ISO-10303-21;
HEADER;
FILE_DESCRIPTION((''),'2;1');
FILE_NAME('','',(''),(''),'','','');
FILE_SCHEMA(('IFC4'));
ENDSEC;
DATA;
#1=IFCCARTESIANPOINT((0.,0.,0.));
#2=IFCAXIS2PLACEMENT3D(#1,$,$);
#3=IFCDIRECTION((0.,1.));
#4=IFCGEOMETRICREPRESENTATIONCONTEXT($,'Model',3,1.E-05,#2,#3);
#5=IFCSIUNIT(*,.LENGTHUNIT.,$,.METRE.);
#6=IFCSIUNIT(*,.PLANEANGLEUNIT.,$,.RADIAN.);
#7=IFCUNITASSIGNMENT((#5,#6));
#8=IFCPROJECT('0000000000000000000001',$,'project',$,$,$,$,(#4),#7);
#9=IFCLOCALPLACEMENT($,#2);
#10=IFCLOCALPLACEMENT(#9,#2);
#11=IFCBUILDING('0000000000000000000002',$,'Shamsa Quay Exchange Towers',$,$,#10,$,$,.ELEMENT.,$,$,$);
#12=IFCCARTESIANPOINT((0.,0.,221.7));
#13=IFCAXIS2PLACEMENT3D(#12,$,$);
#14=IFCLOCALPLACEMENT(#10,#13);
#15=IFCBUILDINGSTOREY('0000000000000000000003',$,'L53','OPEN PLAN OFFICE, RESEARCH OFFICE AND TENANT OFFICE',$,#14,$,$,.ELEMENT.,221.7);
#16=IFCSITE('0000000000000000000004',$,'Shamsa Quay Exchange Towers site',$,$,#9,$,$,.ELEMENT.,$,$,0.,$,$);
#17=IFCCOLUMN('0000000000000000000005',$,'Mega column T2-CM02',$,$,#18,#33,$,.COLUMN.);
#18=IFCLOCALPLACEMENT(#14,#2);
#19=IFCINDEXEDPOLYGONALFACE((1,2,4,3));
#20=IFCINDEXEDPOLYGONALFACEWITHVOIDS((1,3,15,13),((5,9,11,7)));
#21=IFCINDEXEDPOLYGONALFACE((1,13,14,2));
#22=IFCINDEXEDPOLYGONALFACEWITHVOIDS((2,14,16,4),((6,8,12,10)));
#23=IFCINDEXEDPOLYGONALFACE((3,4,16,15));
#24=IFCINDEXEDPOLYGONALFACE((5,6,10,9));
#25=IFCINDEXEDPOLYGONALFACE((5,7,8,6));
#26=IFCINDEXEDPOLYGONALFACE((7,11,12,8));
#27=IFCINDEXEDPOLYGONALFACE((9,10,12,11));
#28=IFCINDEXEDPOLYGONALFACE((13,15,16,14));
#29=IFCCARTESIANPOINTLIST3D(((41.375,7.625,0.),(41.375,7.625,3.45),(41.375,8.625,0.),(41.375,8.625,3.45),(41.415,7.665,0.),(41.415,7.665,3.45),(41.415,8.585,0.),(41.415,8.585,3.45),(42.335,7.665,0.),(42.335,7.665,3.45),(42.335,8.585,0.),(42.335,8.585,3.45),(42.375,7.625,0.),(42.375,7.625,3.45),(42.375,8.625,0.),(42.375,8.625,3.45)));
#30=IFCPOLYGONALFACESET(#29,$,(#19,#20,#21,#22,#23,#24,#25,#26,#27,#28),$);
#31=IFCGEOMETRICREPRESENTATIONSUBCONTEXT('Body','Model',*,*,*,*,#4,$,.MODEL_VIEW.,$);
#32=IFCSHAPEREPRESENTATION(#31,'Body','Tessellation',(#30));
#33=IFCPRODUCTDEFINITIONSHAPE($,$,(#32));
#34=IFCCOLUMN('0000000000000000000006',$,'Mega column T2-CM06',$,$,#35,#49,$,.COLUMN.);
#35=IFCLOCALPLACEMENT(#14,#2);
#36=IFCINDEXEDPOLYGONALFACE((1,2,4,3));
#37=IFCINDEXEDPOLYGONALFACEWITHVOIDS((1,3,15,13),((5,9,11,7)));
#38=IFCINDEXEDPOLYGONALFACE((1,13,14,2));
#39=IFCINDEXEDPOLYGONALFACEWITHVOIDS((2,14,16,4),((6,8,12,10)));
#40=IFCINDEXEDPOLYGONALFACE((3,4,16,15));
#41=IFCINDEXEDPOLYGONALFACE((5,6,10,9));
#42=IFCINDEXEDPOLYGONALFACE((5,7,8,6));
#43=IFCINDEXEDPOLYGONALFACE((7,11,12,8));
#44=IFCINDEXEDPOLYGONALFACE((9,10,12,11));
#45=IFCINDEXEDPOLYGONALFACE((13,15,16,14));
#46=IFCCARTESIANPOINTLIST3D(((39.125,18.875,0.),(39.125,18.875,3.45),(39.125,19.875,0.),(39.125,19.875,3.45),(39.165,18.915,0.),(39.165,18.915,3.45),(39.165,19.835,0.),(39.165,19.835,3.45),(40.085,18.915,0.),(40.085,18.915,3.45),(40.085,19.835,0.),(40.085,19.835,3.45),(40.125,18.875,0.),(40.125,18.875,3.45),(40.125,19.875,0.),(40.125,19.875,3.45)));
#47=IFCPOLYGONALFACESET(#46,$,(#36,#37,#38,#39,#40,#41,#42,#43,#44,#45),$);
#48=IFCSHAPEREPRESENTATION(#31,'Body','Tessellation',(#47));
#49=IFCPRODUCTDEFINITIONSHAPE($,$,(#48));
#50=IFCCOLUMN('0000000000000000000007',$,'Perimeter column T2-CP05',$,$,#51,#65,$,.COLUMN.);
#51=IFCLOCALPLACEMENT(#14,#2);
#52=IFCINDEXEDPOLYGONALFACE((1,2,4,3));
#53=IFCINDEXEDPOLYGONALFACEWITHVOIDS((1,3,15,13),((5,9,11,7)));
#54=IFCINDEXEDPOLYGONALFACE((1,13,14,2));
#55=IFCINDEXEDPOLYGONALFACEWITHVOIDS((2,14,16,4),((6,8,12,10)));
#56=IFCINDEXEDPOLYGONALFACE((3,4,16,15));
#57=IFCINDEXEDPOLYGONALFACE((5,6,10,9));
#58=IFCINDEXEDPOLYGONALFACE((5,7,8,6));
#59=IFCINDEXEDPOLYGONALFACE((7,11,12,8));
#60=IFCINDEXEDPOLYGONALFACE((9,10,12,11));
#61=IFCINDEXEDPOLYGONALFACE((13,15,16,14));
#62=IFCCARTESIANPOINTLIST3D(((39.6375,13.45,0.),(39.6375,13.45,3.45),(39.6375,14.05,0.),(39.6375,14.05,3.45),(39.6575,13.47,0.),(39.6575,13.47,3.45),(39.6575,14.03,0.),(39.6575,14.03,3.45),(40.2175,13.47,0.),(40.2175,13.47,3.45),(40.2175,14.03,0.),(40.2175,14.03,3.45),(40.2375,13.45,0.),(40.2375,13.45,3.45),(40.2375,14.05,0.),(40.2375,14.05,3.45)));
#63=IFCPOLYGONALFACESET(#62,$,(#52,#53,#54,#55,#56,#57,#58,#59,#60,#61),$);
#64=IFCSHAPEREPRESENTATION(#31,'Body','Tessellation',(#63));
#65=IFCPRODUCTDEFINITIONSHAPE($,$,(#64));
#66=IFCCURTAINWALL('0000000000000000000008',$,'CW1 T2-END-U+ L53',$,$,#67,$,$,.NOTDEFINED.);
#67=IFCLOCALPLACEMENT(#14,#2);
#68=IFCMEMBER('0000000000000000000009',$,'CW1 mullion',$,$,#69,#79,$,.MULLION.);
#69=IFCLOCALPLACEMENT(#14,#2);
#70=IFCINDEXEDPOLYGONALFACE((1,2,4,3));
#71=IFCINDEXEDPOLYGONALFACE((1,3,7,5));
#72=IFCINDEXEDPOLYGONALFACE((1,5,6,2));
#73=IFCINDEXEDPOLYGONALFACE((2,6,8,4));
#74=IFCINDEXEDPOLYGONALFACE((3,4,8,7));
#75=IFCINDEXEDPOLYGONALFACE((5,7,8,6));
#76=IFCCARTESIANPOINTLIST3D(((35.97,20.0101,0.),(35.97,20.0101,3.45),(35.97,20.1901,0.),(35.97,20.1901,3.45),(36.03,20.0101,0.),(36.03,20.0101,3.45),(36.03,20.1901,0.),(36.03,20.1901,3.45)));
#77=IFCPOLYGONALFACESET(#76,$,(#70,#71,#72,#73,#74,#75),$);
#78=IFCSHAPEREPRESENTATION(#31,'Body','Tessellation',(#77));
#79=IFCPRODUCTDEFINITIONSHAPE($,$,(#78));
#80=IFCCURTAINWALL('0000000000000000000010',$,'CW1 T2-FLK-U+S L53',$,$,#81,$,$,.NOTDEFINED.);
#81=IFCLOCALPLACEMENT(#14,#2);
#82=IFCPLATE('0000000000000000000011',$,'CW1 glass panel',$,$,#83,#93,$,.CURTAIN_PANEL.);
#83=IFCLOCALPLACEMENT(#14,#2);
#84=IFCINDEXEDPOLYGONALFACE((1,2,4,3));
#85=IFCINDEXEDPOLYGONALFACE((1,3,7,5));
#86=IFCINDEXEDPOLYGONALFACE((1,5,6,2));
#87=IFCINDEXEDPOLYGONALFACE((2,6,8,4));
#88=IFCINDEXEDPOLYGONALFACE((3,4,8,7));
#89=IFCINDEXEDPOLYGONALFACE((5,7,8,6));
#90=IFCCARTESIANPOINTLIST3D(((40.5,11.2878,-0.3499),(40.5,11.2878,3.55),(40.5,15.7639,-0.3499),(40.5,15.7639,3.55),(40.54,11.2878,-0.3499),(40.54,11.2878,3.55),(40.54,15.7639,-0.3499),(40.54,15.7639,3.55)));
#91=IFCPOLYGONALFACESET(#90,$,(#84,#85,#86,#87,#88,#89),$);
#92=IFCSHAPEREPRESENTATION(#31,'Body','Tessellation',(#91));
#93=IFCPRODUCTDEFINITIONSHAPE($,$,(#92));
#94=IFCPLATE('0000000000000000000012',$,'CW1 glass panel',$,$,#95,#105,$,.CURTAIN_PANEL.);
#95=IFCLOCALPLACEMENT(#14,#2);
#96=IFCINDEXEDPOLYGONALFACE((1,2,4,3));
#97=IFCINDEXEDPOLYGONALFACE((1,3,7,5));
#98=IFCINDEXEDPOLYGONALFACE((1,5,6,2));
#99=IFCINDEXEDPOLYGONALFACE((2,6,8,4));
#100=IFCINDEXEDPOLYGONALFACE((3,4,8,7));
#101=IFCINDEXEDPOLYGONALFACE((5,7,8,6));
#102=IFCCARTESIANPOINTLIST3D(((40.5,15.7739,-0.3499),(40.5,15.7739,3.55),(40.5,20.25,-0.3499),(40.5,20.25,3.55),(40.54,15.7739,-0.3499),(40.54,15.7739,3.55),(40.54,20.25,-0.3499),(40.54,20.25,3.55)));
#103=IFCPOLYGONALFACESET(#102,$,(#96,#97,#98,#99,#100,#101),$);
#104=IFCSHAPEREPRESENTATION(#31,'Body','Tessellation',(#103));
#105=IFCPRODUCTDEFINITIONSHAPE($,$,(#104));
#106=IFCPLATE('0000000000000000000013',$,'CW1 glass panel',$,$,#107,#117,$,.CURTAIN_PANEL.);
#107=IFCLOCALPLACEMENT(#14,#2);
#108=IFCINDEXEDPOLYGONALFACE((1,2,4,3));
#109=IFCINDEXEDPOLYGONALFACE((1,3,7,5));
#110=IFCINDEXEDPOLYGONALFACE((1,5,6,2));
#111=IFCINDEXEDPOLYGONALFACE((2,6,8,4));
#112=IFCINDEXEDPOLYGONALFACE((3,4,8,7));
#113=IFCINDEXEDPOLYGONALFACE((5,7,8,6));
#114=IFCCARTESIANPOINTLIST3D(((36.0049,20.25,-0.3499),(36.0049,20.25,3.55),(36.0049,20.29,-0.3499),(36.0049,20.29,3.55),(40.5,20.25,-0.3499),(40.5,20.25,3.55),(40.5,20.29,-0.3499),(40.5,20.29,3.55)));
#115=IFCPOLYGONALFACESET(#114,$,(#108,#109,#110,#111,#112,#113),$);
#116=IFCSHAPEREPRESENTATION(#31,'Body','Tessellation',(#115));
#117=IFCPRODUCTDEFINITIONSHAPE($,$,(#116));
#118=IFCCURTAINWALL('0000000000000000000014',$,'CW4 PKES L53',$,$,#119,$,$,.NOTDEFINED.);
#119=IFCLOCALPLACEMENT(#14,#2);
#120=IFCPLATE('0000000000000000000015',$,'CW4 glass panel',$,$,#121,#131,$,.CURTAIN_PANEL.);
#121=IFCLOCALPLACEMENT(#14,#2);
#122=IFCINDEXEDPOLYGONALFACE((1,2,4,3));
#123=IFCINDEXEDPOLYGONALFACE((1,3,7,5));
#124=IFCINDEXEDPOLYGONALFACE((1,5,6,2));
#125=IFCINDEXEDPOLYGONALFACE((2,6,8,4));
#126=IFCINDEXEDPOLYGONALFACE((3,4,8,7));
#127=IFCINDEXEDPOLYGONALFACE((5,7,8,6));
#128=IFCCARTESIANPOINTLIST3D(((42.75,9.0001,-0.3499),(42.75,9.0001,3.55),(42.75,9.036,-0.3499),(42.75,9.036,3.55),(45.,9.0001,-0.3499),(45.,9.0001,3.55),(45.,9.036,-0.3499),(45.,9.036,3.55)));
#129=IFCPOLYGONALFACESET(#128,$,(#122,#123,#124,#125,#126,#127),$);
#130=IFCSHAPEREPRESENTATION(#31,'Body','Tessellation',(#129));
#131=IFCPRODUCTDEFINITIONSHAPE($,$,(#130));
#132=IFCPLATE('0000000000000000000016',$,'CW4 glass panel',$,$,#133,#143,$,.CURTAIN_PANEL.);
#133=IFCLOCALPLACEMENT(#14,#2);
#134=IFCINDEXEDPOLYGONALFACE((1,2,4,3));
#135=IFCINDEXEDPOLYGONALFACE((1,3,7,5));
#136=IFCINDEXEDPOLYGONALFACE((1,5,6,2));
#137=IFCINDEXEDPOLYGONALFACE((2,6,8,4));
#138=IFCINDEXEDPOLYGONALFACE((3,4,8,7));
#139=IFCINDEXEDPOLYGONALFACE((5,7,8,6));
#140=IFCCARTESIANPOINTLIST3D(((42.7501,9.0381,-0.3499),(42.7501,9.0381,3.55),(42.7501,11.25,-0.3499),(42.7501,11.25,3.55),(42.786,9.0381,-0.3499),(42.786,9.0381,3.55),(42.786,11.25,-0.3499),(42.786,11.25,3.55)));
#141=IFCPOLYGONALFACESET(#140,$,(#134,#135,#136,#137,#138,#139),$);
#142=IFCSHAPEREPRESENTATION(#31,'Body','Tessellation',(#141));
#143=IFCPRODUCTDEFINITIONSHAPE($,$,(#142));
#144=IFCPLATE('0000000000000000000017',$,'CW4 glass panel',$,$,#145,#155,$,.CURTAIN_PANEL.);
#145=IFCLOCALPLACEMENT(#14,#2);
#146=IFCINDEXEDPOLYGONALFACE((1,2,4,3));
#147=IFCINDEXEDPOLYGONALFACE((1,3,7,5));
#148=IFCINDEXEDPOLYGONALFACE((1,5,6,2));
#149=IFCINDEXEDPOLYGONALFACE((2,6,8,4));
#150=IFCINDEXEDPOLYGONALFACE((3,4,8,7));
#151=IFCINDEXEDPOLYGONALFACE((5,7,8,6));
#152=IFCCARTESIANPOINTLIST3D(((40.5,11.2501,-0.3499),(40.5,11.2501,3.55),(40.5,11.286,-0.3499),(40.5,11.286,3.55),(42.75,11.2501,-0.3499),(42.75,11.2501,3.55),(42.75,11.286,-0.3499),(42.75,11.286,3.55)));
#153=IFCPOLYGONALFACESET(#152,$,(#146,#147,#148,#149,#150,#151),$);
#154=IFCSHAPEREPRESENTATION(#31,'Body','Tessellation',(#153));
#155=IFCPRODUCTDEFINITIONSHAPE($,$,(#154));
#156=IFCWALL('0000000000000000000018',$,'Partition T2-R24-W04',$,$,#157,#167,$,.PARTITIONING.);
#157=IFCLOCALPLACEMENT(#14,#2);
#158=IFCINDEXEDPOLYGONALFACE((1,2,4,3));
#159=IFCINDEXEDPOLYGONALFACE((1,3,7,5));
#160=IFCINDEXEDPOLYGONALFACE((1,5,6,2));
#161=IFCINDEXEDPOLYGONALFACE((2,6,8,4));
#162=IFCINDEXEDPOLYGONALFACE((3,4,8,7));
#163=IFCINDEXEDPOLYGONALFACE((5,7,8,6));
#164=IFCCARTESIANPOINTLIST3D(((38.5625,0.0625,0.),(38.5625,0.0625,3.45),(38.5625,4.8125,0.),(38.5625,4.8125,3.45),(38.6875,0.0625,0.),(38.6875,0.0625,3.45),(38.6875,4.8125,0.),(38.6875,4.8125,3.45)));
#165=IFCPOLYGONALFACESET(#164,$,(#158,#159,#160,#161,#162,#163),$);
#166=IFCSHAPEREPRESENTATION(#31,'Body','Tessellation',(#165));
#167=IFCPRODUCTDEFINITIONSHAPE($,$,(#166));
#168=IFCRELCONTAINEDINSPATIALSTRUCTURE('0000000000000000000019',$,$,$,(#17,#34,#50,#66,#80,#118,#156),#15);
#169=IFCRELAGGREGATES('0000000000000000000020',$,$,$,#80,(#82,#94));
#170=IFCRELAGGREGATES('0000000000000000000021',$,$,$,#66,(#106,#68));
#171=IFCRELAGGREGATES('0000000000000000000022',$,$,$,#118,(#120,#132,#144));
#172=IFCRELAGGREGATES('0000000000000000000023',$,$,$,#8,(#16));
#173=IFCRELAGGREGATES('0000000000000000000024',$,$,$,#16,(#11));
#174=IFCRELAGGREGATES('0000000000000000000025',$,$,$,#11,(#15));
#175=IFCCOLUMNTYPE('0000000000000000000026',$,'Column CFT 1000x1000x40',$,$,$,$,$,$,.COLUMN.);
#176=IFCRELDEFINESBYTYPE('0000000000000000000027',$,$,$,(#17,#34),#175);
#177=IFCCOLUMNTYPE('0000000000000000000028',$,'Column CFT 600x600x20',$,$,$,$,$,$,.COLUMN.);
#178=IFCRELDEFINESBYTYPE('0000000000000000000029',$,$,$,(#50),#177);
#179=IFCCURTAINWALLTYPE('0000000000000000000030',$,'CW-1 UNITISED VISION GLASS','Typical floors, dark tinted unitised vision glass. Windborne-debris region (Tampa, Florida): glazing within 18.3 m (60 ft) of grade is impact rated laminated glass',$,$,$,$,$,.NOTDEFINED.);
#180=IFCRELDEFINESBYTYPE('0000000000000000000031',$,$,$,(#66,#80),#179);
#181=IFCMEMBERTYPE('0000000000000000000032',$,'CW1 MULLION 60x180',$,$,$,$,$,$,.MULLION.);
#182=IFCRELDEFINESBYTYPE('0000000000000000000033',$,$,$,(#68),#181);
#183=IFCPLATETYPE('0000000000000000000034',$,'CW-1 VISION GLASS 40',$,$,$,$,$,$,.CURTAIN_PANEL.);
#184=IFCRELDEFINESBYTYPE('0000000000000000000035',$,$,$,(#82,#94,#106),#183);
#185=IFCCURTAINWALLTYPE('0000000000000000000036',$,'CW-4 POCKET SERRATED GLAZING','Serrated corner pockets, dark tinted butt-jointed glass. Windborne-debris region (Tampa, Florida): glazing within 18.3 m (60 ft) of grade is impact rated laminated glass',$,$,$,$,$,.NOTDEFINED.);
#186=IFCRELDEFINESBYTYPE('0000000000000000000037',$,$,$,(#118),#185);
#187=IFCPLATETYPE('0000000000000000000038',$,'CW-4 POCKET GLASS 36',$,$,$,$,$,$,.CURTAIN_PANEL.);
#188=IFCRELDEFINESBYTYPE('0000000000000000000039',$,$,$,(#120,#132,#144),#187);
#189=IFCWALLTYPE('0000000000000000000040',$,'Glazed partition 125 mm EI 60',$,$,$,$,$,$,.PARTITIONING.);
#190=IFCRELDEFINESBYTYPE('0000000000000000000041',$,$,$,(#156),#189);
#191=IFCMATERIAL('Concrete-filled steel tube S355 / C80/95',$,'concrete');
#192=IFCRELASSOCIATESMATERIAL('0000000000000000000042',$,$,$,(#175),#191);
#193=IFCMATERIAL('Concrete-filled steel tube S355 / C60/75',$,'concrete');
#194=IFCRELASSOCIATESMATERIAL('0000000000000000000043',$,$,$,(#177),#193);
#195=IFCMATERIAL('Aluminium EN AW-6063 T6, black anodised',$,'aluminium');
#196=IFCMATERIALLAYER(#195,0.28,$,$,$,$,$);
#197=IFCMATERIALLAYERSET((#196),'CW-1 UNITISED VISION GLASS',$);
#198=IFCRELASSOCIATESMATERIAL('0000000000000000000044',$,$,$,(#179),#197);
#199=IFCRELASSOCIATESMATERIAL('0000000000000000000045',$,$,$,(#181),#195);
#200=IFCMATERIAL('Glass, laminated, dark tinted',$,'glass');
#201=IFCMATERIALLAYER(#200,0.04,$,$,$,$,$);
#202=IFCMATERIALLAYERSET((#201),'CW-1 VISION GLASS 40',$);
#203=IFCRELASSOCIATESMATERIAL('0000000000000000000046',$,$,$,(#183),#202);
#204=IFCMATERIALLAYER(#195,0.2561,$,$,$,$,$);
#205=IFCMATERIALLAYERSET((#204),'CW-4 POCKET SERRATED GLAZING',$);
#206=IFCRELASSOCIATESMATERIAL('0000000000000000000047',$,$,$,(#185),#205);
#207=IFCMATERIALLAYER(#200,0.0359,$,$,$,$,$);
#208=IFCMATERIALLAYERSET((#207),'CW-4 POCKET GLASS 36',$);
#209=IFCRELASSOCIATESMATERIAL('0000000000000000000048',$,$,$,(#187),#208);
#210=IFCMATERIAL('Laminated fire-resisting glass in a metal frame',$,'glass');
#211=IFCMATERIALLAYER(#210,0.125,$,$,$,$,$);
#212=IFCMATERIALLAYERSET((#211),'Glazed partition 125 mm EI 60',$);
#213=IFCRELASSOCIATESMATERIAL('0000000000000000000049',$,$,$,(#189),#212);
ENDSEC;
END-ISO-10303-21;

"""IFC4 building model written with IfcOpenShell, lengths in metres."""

from ifc_helpers import new_model, si_unit, direction, frame, frame_2d, origin, origin_2d, place, context, subcontext, project, spatial, rectangle, hollow_rectangle, extrude, material, layer, layer_set, material_profile, profile_set, type_object, element, aggregate, save


model = new_model("IFC4")

# Units and contexts
model_context = context("Model", 3, precision=1e-05, world=origin(), true_north=direction((0.0, 1.0)))
body_context = subcontext(model_context, "Body", "Model", "MODEL_VIEW")
ifc_project = project(units=[si_unit("LENGTHUNIT", "METRE"), si_unit("PLANEANGLEUNIT", "RADIAN")], contexts=[model_context])

# Site, building, storey
site_placement = place(None, origin())
site = spatial("IfcSite", under=ifc_project, at=site_placement, Name="Shamsa Quay Exchange Towers site", CompositionType="ELEMENT", RefElevation=0.0)
building_placement = place(site_placement, origin())
building = spatial("IfcBuilding", under=site, at=building_placement, Name="Shamsa Quay Exchange Towers", CompositionType="ELEMENT")
storey_placement = place(building_placement, frame((0.0, 0.0, 221.7)))
storey = spatial("IfcBuildingStorey", under=building, at=storey_placement, Name="L53", Description="OPEN PLAN OFFICE, RESEARCH OFFICE AND TENANT OFFICE", CompositionType="ELEMENT", Elevation=221.7)

# Columns
ifc_material_1 = material(Name="Concrete-filled steel tube S355 / C80/95", Category="concrete")
ifc_material_profile_1 = material_profile(ifc_material_1, hollow_rectangle(XDim=1.0, YDim=1.0, WallThickness=0.04, at=origin_2d()), Name="CFT 1000x1000x40")
ifc_profile_set_1 = profile_set([ifc_material_profile_1], Name="Concrete-filled steel tube S355 / C80/95")
column_type_1 = type_object("IfcColumnType", Name="Column CFT 1000x1000x40", PredefinedType="COLUMN", material=ifc_profile_set_1)
for number, where, name in (
    (1, (41.875, 8.125, 0.0), "Mega column T2-CM02"),
    (2, (39.625, 19.375, 0.0), "Mega column T2-CM06"),
):
    element("IfcColumn", number, at=place(storey_placement, frame(where)), inside=storey, type_object=column_type_1, Name=name, PredefinedType="COLUMN", context=body_context, shape_type="SweptSolid", body=[
        extrude(hollow_rectangle(XDim=1.0, YDim=1.0, WallThickness=0.04, at=origin_2d()), origin(), (0.0, 0.0, 1.0), 3.45),
    ])
ifc_material_2 = material(Name="Concrete-filled steel tube S355 / C60/75", Category="concrete")
ifc_material_profile_2 = material_profile(ifc_material_2, hollow_rectangle(XDim=0.6001, YDim=0.6001, WallThickness=0.02, at=origin_2d()), Name="CFT 600x600x20")
ifc_profile_set_2 = profile_set([ifc_material_profile_2], Name="Concrete-filled steel tube S355 / C60/75")
column_type_2 = type_object("IfcColumnType", Name="Column CFT 600x600x20", PredefinedType="COLUMN", material=ifc_profile_set_2)
column_placement = place(storey_placement, frame((39.9375, 13.75, 0.0)))
element("IfcColumn", 3, at=column_placement, inside=storey, type_object=column_type_2, Name="Perimeter column T2-CP05", PredefinedType="COLUMN", context=body_context, shape_type="SweptSolid", body=[
    extrude(hollow_rectangle(XDim=0.6001, YDim=0.6001, WallThickness=0.02, at=origin_2d()), origin(), (0.0, 0.0, 1.0), 3.45),
])

# Curtain wall, member
ifc_material_3 = material(Name="Aluminium EN AW-6063 T6, black anodised", Category="aluminium")
ifc_layer_1 = layer(ifc_material_3, 0.28)
ifc_layer_set_1 = layer_set([ifc_layer_1], Name="CW-1 UNITISED VISION GLASS")
curtain_wall_type_1 = type_object("IfcCurtainWallType", Name="CW-1 UNITISED VISION GLASS", Description="Typical floors, dark tinted unitised vision glass. Windborne-debris region (Tampa, Florida): glazing within 18.3 m (60 ft) of grade is impact rated laminated glass", PredefinedType="NOTDEFINED", material=ifc_layer_set_1)
curtain_wall_1_placement = place(storey_placement, origin())
curtain_wall_1 = element("IfcCurtainWall", 4, at=curtain_wall_1_placement, inside=storey, type_object=curtain_wall_type_1, Name="CW1 T2-END-U+ L53", PredefinedType="NOTDEFINED")
ifc_material_profile_3 = material_profile(ifc_material_3, rectangle(XDim=0.1799, YDim=0.0601, at=origin_2d()), Name="MU60x180")
ifc_profile_set_3 = profile_set([ifc_material_profile_3], Name="Aluminium EN AW-6063 T6, black anodised")
member_type = type_object("IfcMemberType", Name="CW1 MULLION 60x180", PredefinedType="MULLION", material=ifc_profile_set_3)
member_placement = place(storey_placement, frame((36.0, 20.1001, 0.0), z_axis=(0.0, 0.0, 1.0), x_axis=(0.0, -1.0, 0.0)))
member = element("IfcMember", 5, at=member_placement, type_object=member_type, Name="CW1 mullion", PredefinedType="MULLION", context=body_context, shape_type="SweptSolid", body=[
    extrude(rectangle(XDim=0.1799, YDim=0.0601, at=origin_2d()), origin(), (0.0, 0.0, 1.0), 3.45),
])

# Curtain wall, plates
curtain_wall_2_placement = place(storey_placement, origin())
curtain_wall_2 = element("IfcCurtainWall", 6, at=curtain_wall_2_placement, inside=storey, type_object=curtain_wall_type_1, Name="CW1 T2-FLK-U+S L53", PredefinedType="NOTDEFINED")
ifc_material_4 = material(Name="Glass, laminated, dark tinted", Category="glass")
ifc_layer_2 = layer(ifc_material_4, 0.04)
ifc_layer_set_2 = layer_set([ifc_layer_2], Name="CW-1 VISION GLASS 40")
plate_type_1 = type_object("IfcPlateType", Name="CW-1 VISION GLASS 40", PredefinedType="CURTAIN_PANEL", material=ifc_layer_set_2)
plate_1_placement = place(storey_placement, frame((40.52, 13.5259, -0.3499), z_axis=(0.0, 0.0, 1.0), x_axis=(0.0, 1.0, 0.0)))
plate_1 = element("IfcPlate", 7, at=plate_1_placement, type_object=plate_type_1, Name="CW1 glass panel", PredefinedType="CURTAIN_PANEL", context=body_context, shape_type="SweptSolid", body=[
    extrude(rectangle(XDim=4.4761, YDim=0.04, at=origin_2d()), origin(), (0.0, 0.0, 1.0), 3.8999),
])
plate_2_placement = place(storey_placement, frame((40.52, 18.012, -0.3499), z_axis=(0.0, 0.0, 1.0), x_axis=(0.0, 1.0, 0.0)))
plate_2 = element("IfcPlate", 8, at=plate_2_placement, type_object=plate_type_1, Name="CW1 glass panel", PredefinedType="CURTAIN_PANEL", context=body_context, shape_type="SweptSolid", body=[
    extrude(rectangle(XDim=4.4761, YDim=0.04, at=origin_2d()), origin(), (0.0, 0.0, 1.0), 3.8999),
])
aggregate(curtain_wall_2, [plate_1, plate_2])

# Plate
plate_3_placement = place(storey_placement, frame((38.2524, 20.27, -0.3499), z_axis=(0.0, 0.0, 1.0), x_axis=(-1.0, 0.0, 0.0)))
plate_3 = element("IfcPlate", 9, at=plate_3_placement, type_object=plate_type_1, Name="CW1 glass panel", PredefinedType="CURTAIN_PANEL", context=body_context, shape_type="SweptSolid", body=[
    extrude(rectangle(XDim=4.4951, YDim=0.04, at=origin_2d()), origin(), (0.0, 0.0, 1.0), 3.8999),
])
aggregate(curtain_wall_1, [plate_3, member])

# Curtain wall, plates
ifc_layer_3 = layer(ifc_material_3, 0.2561)
ifc_layer_set_3 = layer_set([ifc_layer_3], Name="CW-4 POCKET SERRATED GLAZING")
curtain_wall_type_2 = type_object("IfcCurtainWallType", Name="CW-4 POCKET SERRATED GLAZING", Description="Serrated corner pockets, dark tinted butt-jointed glass. Windborne-debris region (Tampa, Florida): glazing within 18.3 m (60 ft) of grade is impact rated laminated glass", PredefinedType="NOTDEFINED", material=ifc_layer_set_3)
curtain_wall_3_placement = place(storey_placement, origin())
curtain_wall_3 = element("IfcCurtainWall", 10, at=curtain_wall_3_placement, inside=storey, type_object=curtain_wall_type_2, Name="CW4 PKES L53", PredefinedType="NOTDEFINED")
ifc_layer_4 = layer(ifc_material_4, 0.0359)
ifc_layer_set_4 = layer_set([ifc_layer_4], Name="CW-4 POCKET GLASS 36")
plate_type_2 = type_object("IfcPlateType", Name="CW-4 POCKET GLASS 36", PredefinedType="CURTAIN_PANEL", material=ifc_layer_set_4)
plate_4_placement = place(storey_placement, frame((43.875, 9.0181, -0.3499), z_axis=(0.0, 0.0, 1.0), x_axis=(-1.0, 0.0, 0.0)))
plate_4 = element("IfcPlate", 11, at=plate_4_placement, type_object=plate_type_2, Name="CW4 glass panel", PredefinedType="CURTAIN_PANEL", context=body_context, shape_type="SweptSolid", body=[
    extrude(rectangle(XDim=2.25, YDim=0.0359, at=origin_2d()), origin(), (0.0, 0.0, 1.0), 3.8999),
])
plate_5_placement = place(storey_placement, frame((42.7681, 10.144, -0.3499), z_axis=(0.0, 0.0, 1.0), x_axis=(0.0, 1.0, 0.0)))
plate_5 = element("IfcPlate", 12, at=plate_5_placement, type_object=plate_type_2, Name="CW4 glass panel", PredefinedType="CURTAIN_PANEL", context=body_context, shape_type="SweptSolid", body=[
    extrude(rectangle(XDim=2.2119, YDim=0.0359, at=origin_2d()), origin(), (0.0, 0.0, 1.0), 3.8999),
])
plate_6_placement = place(storey_placement, frame((41.625, 11.2681, -0.3499), z_axis=(0.0, 0.0, 1.0), x_axis=(-1.0, 0.0, 0.0)))
plate_6 = element("IfcPlate", 13, at=plate_6_placement, type_object=plate_type_2, Name="CW4 glass panel", PredefinedType="CURTAIN_PANEL", context=body_context, shape_type="SweptSolid", body=[
    extrude(rectangle(XDim=2.25, YDim=0.0359, at=origin_2d()), origin(), (0.0, 0.0, 1.0), 3.8999),
])
aggregate(curtain_wall_3, [plate_4, plate_5, plate_6])

# Wall
ifc_material_5 = material(Name="Laminated fire-resisting glass in a metal frame", Category="glass")
ifc_layer_5 = layer(ifc_material_5, 0.125)
ifc_layer_set_5 = layer_set([ifc_layer_5], Name="Glazed partition 125 mm EI 60")
wall_type_1 = type_object("IfcWallType", Name="Glazed partition 125 mm EI 60", PredefinedType="PARTITIONING", material=ifc_layer_set_5)
wall_1_placement = place(storey_placement, frame((38.625, 0.0625, 0.0), z_axis=(0.0, 0.0, 1.0), x_axis=(0.0, 1.0, 0.0)))
element("IfcWall", 14, at=wall_1_placement, inside=storey, type_object=wall_type_1, Name="Partition T2-R24-W04", PredefinedType="PARTITIONING", context=body_context, shape_type="SweptSolid", body=[
    extrude(rectangle(XDim=4.75, YDim=0.125, at=frame_2d((2.375, 0.0))), origin(), (0.0, 0.0, 1.0), 3.45),
])

save(model, "model.ifc")
